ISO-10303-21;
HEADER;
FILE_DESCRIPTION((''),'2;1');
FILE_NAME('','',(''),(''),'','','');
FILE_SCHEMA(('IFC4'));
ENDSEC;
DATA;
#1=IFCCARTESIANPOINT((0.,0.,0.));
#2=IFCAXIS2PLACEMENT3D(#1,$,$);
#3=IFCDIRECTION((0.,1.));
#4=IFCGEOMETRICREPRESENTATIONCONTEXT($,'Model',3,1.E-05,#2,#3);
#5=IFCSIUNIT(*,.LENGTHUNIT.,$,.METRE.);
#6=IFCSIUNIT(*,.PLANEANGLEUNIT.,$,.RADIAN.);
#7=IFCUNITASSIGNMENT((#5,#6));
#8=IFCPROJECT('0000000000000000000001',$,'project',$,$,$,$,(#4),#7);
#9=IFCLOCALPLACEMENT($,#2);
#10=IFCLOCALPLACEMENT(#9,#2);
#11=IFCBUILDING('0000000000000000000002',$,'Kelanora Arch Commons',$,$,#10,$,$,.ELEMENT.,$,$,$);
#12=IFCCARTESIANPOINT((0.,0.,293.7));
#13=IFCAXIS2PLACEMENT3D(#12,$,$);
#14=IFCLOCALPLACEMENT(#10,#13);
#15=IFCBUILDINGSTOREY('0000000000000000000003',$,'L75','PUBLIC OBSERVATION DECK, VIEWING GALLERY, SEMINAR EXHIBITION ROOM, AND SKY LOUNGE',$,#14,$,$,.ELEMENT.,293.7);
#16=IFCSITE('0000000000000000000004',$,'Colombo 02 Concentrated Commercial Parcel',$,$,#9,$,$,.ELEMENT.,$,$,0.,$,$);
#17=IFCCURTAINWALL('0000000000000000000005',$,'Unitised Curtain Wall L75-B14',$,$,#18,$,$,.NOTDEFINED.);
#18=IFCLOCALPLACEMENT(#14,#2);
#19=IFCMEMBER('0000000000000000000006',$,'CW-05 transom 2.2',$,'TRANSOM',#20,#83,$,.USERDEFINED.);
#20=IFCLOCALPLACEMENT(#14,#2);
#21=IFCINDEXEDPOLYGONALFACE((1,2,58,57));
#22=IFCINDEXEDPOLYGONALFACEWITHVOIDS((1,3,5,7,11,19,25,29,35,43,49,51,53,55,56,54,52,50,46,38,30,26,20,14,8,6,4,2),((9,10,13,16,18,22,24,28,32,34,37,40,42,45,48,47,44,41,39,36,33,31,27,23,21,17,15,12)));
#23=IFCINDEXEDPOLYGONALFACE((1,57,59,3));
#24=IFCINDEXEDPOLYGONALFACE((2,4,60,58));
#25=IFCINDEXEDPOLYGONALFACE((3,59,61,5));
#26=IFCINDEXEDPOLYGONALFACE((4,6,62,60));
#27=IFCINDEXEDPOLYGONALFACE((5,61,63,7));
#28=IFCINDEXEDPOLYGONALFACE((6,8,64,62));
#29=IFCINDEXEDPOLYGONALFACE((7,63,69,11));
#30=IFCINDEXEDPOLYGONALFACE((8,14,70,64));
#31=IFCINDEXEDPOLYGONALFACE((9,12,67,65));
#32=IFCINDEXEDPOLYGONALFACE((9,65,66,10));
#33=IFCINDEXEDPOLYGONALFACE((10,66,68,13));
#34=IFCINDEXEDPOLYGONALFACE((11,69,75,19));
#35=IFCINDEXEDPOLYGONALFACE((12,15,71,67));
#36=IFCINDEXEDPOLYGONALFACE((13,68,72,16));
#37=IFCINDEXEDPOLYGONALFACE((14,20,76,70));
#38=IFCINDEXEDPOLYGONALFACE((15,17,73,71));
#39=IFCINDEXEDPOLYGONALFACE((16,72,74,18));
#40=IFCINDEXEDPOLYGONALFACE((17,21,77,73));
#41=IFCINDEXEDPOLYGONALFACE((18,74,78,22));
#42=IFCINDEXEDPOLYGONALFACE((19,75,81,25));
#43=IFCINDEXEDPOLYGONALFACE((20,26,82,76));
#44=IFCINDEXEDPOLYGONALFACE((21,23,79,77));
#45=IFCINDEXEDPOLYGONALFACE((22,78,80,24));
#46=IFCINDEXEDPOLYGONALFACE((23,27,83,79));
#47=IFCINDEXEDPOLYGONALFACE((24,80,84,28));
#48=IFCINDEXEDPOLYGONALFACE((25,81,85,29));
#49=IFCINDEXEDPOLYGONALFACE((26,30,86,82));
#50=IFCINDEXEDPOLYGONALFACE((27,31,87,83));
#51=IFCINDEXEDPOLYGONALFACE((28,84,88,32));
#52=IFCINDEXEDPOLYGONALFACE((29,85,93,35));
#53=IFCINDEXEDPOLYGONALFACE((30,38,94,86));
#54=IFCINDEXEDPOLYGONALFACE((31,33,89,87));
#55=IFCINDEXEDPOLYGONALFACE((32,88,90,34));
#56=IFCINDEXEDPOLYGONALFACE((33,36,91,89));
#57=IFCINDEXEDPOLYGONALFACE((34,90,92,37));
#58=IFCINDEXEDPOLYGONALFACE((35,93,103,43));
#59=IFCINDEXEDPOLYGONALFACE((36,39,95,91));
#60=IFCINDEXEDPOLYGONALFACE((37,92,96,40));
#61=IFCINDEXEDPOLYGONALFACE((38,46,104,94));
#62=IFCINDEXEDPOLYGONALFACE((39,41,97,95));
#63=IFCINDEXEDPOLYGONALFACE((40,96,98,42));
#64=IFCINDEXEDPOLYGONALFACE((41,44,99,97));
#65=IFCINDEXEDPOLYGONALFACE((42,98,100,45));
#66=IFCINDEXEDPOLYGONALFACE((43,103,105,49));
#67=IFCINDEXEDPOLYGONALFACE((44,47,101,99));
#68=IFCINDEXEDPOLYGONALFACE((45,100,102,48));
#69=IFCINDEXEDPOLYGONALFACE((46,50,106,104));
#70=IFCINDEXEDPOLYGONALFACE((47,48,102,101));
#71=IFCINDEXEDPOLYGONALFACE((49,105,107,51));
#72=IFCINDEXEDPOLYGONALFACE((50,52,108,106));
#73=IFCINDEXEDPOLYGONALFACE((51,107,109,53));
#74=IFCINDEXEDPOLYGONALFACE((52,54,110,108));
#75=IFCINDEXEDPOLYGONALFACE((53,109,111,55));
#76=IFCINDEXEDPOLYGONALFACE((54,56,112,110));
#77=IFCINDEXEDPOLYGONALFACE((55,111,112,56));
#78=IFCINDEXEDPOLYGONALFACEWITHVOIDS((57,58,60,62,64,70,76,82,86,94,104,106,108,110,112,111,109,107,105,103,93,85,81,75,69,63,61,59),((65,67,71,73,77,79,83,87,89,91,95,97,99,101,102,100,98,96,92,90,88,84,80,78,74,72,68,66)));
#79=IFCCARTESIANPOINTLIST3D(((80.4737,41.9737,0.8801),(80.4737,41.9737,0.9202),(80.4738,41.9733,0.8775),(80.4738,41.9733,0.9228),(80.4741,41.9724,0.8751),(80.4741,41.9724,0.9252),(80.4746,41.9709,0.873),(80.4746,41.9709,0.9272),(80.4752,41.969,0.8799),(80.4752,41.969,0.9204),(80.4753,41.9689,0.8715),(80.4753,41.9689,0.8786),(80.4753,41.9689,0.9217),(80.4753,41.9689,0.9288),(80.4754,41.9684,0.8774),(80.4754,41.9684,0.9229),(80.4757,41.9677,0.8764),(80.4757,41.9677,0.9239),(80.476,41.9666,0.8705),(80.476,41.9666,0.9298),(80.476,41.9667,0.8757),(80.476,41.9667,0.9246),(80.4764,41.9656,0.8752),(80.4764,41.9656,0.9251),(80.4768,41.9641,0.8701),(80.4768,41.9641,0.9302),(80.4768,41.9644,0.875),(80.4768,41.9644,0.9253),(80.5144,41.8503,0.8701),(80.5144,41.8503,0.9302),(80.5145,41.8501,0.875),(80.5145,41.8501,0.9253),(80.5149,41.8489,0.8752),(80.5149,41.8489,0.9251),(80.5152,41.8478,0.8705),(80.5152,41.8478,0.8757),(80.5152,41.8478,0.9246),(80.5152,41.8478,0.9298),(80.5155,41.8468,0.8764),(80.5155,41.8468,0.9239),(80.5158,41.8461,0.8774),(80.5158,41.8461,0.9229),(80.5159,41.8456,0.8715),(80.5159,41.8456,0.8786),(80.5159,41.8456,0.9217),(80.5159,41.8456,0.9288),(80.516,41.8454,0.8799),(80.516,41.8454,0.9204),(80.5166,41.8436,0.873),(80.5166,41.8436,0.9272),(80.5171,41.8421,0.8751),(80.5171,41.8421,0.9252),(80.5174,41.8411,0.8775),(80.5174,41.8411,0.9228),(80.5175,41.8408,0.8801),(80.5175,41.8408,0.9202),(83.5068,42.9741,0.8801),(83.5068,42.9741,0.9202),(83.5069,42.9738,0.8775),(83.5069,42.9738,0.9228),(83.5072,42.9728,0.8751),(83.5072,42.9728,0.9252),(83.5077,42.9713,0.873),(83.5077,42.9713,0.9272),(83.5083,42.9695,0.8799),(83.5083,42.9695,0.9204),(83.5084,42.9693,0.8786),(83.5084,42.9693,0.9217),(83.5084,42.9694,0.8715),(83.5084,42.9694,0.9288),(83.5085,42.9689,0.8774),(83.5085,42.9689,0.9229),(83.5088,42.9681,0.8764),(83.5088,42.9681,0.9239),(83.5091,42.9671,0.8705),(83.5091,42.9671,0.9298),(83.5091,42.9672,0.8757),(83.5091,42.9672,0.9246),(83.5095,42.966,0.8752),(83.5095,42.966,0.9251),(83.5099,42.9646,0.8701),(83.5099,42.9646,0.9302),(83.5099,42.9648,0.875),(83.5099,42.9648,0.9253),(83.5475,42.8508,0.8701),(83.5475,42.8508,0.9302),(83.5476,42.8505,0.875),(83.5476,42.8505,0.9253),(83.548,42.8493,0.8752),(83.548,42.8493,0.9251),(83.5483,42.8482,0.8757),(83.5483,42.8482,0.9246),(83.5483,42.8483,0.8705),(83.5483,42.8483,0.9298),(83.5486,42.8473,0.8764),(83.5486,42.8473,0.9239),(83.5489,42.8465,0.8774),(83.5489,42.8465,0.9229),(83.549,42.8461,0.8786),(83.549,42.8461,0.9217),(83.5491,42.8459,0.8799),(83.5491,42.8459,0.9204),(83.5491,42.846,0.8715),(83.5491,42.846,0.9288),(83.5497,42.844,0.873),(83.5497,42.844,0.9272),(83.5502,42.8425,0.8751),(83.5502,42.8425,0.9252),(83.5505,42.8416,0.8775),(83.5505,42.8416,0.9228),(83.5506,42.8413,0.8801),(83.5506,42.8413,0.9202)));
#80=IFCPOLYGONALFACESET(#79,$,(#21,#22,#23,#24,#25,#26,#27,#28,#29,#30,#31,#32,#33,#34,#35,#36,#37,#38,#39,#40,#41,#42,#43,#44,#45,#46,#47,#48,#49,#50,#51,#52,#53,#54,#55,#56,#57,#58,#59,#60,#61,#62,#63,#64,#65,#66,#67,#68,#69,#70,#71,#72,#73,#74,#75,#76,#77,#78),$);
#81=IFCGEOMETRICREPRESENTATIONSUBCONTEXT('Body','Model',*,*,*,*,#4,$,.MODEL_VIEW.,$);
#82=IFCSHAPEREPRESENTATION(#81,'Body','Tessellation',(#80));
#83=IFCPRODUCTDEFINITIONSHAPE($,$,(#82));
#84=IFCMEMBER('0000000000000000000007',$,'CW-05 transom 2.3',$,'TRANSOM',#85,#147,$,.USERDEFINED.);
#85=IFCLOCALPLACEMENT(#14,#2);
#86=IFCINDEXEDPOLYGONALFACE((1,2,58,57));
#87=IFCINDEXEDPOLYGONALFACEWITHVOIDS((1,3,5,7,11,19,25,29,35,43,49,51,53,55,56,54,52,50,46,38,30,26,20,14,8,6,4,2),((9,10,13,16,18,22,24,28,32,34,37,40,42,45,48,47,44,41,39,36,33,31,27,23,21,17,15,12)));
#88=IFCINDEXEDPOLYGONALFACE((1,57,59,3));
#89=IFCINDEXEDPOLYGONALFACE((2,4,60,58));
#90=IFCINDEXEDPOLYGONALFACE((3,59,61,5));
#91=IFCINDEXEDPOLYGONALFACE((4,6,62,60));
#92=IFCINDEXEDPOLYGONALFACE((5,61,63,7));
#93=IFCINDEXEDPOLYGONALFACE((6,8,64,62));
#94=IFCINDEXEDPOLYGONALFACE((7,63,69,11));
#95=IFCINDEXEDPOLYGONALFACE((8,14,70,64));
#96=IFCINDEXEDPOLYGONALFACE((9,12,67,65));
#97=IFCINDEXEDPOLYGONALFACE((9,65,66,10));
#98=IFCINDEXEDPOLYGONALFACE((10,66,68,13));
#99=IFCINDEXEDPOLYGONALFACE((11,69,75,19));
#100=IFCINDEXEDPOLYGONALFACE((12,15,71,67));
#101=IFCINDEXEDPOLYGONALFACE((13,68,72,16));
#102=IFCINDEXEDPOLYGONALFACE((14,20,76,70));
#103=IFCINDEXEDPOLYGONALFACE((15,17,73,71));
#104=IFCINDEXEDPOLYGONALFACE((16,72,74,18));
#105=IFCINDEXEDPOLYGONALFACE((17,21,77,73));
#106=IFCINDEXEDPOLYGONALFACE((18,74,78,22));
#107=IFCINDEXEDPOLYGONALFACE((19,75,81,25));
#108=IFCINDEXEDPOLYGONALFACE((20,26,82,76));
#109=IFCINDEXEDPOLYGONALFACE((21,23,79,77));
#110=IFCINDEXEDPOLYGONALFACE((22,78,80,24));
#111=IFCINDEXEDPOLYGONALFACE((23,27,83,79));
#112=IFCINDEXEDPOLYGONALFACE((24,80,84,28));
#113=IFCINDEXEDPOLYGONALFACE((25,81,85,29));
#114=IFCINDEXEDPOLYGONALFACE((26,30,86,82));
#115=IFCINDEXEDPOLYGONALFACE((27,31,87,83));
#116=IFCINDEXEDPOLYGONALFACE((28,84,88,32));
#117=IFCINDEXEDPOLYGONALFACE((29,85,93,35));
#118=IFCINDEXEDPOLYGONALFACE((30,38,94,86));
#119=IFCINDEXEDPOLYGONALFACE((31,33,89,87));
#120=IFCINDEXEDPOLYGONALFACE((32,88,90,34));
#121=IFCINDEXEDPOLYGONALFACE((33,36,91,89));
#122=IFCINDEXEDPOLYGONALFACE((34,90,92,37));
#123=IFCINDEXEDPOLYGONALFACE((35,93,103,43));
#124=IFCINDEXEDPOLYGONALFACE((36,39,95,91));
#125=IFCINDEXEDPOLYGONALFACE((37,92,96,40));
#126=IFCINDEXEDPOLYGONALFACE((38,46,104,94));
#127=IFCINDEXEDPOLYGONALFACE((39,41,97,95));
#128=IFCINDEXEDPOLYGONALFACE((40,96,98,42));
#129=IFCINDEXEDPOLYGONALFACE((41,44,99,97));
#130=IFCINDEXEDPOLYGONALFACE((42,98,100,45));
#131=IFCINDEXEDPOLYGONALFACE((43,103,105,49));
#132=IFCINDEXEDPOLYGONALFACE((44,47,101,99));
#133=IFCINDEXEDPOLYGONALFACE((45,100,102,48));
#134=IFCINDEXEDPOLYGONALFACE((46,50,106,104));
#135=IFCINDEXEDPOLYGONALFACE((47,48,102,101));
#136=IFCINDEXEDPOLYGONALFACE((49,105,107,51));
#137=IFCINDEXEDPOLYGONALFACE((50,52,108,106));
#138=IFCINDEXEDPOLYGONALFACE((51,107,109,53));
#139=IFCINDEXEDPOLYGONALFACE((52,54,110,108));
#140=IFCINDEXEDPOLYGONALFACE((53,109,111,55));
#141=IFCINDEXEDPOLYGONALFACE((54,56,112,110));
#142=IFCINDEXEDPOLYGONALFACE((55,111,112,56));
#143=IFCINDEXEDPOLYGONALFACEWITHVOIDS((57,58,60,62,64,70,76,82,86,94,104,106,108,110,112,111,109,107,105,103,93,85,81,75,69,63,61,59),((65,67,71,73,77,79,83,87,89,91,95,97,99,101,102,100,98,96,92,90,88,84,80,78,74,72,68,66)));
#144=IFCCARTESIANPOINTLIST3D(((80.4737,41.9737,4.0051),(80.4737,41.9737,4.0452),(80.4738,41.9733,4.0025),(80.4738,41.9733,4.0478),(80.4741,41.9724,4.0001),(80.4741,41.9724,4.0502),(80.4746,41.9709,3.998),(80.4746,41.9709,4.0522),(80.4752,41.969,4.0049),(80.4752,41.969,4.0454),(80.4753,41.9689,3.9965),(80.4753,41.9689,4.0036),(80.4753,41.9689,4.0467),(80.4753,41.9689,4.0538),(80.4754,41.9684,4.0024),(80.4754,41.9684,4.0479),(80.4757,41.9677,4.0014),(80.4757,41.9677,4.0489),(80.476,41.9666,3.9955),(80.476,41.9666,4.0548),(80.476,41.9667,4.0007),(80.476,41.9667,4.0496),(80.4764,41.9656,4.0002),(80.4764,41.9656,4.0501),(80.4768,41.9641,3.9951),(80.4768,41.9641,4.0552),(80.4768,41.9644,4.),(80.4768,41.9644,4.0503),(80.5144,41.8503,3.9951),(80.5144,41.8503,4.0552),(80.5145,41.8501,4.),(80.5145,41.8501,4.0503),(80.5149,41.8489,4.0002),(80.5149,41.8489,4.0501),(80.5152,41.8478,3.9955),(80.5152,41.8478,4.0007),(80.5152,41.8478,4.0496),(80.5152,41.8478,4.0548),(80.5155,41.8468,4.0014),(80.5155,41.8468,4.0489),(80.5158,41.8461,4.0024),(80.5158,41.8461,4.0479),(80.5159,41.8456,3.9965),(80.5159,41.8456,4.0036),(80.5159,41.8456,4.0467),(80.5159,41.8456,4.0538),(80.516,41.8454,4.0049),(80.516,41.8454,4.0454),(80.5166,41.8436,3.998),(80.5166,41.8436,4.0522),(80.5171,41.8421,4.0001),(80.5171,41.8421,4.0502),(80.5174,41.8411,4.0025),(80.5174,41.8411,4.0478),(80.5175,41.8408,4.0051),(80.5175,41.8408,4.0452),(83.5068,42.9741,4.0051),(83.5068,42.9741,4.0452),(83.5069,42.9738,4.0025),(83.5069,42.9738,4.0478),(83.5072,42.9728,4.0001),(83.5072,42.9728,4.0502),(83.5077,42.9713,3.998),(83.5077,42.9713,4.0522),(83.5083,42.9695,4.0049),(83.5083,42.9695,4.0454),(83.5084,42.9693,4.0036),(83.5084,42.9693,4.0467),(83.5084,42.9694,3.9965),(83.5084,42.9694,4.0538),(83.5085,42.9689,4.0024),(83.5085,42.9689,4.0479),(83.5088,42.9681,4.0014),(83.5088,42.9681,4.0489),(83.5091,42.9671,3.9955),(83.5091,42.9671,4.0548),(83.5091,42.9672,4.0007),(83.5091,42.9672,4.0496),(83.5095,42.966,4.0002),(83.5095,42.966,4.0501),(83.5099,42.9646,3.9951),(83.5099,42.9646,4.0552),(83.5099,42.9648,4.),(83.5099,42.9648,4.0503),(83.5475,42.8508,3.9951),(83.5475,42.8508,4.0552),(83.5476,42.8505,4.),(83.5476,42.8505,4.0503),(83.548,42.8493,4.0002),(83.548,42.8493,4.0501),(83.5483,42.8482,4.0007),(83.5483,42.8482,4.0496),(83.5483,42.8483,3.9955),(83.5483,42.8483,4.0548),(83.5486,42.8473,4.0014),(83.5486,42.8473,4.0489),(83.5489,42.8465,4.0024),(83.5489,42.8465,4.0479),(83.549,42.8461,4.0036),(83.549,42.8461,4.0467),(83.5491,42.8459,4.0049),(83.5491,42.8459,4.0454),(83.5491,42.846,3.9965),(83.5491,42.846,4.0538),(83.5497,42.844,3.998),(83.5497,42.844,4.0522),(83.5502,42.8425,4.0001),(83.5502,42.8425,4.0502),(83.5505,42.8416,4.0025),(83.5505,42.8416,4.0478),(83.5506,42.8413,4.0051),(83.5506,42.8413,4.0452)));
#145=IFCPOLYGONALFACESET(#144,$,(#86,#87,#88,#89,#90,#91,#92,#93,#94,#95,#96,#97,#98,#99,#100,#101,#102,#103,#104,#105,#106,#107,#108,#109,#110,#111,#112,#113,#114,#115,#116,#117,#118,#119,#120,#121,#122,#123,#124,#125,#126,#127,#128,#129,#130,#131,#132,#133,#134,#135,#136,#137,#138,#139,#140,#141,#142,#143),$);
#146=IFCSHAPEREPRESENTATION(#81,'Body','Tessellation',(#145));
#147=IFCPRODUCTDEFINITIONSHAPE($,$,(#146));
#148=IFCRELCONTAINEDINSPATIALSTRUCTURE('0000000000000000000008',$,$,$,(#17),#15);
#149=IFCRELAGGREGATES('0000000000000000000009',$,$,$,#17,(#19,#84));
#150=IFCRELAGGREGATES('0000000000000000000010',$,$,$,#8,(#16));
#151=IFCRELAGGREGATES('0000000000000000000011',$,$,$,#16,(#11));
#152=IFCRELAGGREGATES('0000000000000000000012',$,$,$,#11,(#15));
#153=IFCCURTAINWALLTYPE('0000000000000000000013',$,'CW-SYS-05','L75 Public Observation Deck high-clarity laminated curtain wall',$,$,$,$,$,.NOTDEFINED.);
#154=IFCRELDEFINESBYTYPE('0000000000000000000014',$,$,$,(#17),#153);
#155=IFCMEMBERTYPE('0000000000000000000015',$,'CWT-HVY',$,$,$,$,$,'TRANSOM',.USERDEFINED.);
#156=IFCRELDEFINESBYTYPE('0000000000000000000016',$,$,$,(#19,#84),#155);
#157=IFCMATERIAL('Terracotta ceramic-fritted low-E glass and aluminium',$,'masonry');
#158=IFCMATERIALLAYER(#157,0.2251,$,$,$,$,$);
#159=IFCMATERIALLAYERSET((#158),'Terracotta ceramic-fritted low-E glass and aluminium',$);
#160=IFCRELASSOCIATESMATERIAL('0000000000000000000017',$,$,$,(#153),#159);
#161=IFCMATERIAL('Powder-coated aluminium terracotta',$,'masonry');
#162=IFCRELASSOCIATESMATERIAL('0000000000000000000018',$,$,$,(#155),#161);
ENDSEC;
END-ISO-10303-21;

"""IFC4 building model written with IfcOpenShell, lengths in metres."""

from ifc_helpers import new_model, si_unit, direction, frame, origin, origin_2d, place, context, subcontext, project, spatial, hollow_rectangle, extrude, material, layer, layer_set, material_profile, profile_set, type_object, element, aggregate, save


model = new_model("IFC4")

# Units and contexts
model_context = context("Model", 3, precision=1e-05, world=origin(), true_north=direction((0.0, 1.0)))
body_context = subcontext(model_context, "Body", "Model", "MODEL_VIEW")
ifc_project = project(units=[si_unit("LENGTHUNIT", "METRE"), si_unit("PLANEANGLEUNIT", "RADIAN")], contexts=[model_context])

# Site, building, storey
site_placement = place(None, origin())
site = spatial("IfcSite", under=ifc_project, at=site_placement, Name="Colombo 02 Concentrated Commercial Parcel", CompositionType="ELEMENT", RefElevation=0.0)
building_placement = place(site_placement, origin())
building = spatial("IfcBuilding", under=site, at=building_placement, Name="Kelanora Arch Commons", CompositionType="ELEMENT")
storey_placement = place(building_placement, frame((0.0, 0.0, 293.7)))
storey = spatial("IfcBuildingStorey", under=building, at=storey_placement, Name="L75", Description="PUBLIC OBSERVATION DECK, VIEWING GALLERY, SEMINAR EXHIBITION ROOM, AND SKY LOUNGE", CompositionType="ELEMENT", Elevation=293.7)

# Curtain wall
ifc_material_1 = material(Name="Terracotta ceramic-fritted low-E glass and aluminium", Category="masonry")
ifc_layer_1 = layer(ifc_material_1, 0.2251)
ifc_layer_set_1 = layer_set([ifc_layer_1], Name="Terracotta ceramic-fritted low-E glass and aluminium")
curtain_wall_type = type_object("IfcCurtainWallType", Name="CW-SYS-05", Description="L75 Public Observation Deck high-clarity laminated curtain wall", PredefinedType="NOTDEFINED", material=ifc_layer_set_1)
ifc_material_2 = material(Name="Powder-coated aluminium terracotta", Category="masonry")
curtain_wall_1_placement = place(storey_placement, origin())
curtain_wall_1 = element("IfcCurtainWall", 1, at=curtain_wall_1_placement, inside=storey, type_object=curtain_wall_type, Name="Unitised Curtain Wall L75-B14", PredefinedType="NOTDEFINED")

# Members
ifc_material_profile_1 = material_profile(ifc_material_2, hollow_rectangle(XDim=0.1399, YDim=0.0601, WallThickness=0.0049, InnerFilletRadius=0.0049, OuterFilletRadius=0.01, at=origin_2d()), Name="CWT140x60")
ifc_profile_set_1 = profile_set([ifc_material_profile_1], Name="Powder-coated aluminium terracotta")
member_type_1 = type_object("IfcMemberType", Name="CWT-HVY", ElementType="TRANSOM", PredefinedType="USERDEFINED", material=ifc_profile_set_1)
member_1_placement = place(storey_placement, frame((80.4956, 41.9072, 0.9001), z_axis=(0.949672, 0.313245, 0.0), x_axis=(-0.313245, 0.949672, 0.0)))
member_1 = element("IfcMember", 2, at=member_1_placement, type_object=member_type_1, Name="CW-05 transom 2.2", ObjectType="TRANSOM", PredefinedType="USERDEFINED", context=body_context, shape_type="SweptSolid", body=[
    extrude(hollow_rectangle(XDim=0.1399, YDim=0.0601, WallThickness=0.0049, InnerFilletRadius=0.0049, OuterFilletRadius=0.01, at=origin_2d()), origin(), (0.0, 0.0, 1.0), 3.1938),
])
member_2_placement = place(storey_placement, frame((80.4956, 41.9072, 4.0251), z_axis=(0.949672, 0.313245, 0.0), x_axis=(-0.313245, 0.949672, 0.0)))
member_2 = element("IfcMember", 3, at=member_2_placement, type_object=member_type_1, Name="CW-05 transom 2.3", ObjectType="TRANSOM", PredefinedType="USERDEFINED", context=body_context, shape_type="SweptSolid", body=[
    extrude(hollow_rectangle(XDim=0.1399, YDim=0.0601, WallThickness=0.0049, InnerFilletRadius=0.0049, OuterFilletRadius=0.01, at=origin_2d()), origin(), (0.0, 0.0, 1.0), 3.1938),
])

aggregate(curtain_wall_1, [member_1, member_2])

save(model, "model.ifc")
